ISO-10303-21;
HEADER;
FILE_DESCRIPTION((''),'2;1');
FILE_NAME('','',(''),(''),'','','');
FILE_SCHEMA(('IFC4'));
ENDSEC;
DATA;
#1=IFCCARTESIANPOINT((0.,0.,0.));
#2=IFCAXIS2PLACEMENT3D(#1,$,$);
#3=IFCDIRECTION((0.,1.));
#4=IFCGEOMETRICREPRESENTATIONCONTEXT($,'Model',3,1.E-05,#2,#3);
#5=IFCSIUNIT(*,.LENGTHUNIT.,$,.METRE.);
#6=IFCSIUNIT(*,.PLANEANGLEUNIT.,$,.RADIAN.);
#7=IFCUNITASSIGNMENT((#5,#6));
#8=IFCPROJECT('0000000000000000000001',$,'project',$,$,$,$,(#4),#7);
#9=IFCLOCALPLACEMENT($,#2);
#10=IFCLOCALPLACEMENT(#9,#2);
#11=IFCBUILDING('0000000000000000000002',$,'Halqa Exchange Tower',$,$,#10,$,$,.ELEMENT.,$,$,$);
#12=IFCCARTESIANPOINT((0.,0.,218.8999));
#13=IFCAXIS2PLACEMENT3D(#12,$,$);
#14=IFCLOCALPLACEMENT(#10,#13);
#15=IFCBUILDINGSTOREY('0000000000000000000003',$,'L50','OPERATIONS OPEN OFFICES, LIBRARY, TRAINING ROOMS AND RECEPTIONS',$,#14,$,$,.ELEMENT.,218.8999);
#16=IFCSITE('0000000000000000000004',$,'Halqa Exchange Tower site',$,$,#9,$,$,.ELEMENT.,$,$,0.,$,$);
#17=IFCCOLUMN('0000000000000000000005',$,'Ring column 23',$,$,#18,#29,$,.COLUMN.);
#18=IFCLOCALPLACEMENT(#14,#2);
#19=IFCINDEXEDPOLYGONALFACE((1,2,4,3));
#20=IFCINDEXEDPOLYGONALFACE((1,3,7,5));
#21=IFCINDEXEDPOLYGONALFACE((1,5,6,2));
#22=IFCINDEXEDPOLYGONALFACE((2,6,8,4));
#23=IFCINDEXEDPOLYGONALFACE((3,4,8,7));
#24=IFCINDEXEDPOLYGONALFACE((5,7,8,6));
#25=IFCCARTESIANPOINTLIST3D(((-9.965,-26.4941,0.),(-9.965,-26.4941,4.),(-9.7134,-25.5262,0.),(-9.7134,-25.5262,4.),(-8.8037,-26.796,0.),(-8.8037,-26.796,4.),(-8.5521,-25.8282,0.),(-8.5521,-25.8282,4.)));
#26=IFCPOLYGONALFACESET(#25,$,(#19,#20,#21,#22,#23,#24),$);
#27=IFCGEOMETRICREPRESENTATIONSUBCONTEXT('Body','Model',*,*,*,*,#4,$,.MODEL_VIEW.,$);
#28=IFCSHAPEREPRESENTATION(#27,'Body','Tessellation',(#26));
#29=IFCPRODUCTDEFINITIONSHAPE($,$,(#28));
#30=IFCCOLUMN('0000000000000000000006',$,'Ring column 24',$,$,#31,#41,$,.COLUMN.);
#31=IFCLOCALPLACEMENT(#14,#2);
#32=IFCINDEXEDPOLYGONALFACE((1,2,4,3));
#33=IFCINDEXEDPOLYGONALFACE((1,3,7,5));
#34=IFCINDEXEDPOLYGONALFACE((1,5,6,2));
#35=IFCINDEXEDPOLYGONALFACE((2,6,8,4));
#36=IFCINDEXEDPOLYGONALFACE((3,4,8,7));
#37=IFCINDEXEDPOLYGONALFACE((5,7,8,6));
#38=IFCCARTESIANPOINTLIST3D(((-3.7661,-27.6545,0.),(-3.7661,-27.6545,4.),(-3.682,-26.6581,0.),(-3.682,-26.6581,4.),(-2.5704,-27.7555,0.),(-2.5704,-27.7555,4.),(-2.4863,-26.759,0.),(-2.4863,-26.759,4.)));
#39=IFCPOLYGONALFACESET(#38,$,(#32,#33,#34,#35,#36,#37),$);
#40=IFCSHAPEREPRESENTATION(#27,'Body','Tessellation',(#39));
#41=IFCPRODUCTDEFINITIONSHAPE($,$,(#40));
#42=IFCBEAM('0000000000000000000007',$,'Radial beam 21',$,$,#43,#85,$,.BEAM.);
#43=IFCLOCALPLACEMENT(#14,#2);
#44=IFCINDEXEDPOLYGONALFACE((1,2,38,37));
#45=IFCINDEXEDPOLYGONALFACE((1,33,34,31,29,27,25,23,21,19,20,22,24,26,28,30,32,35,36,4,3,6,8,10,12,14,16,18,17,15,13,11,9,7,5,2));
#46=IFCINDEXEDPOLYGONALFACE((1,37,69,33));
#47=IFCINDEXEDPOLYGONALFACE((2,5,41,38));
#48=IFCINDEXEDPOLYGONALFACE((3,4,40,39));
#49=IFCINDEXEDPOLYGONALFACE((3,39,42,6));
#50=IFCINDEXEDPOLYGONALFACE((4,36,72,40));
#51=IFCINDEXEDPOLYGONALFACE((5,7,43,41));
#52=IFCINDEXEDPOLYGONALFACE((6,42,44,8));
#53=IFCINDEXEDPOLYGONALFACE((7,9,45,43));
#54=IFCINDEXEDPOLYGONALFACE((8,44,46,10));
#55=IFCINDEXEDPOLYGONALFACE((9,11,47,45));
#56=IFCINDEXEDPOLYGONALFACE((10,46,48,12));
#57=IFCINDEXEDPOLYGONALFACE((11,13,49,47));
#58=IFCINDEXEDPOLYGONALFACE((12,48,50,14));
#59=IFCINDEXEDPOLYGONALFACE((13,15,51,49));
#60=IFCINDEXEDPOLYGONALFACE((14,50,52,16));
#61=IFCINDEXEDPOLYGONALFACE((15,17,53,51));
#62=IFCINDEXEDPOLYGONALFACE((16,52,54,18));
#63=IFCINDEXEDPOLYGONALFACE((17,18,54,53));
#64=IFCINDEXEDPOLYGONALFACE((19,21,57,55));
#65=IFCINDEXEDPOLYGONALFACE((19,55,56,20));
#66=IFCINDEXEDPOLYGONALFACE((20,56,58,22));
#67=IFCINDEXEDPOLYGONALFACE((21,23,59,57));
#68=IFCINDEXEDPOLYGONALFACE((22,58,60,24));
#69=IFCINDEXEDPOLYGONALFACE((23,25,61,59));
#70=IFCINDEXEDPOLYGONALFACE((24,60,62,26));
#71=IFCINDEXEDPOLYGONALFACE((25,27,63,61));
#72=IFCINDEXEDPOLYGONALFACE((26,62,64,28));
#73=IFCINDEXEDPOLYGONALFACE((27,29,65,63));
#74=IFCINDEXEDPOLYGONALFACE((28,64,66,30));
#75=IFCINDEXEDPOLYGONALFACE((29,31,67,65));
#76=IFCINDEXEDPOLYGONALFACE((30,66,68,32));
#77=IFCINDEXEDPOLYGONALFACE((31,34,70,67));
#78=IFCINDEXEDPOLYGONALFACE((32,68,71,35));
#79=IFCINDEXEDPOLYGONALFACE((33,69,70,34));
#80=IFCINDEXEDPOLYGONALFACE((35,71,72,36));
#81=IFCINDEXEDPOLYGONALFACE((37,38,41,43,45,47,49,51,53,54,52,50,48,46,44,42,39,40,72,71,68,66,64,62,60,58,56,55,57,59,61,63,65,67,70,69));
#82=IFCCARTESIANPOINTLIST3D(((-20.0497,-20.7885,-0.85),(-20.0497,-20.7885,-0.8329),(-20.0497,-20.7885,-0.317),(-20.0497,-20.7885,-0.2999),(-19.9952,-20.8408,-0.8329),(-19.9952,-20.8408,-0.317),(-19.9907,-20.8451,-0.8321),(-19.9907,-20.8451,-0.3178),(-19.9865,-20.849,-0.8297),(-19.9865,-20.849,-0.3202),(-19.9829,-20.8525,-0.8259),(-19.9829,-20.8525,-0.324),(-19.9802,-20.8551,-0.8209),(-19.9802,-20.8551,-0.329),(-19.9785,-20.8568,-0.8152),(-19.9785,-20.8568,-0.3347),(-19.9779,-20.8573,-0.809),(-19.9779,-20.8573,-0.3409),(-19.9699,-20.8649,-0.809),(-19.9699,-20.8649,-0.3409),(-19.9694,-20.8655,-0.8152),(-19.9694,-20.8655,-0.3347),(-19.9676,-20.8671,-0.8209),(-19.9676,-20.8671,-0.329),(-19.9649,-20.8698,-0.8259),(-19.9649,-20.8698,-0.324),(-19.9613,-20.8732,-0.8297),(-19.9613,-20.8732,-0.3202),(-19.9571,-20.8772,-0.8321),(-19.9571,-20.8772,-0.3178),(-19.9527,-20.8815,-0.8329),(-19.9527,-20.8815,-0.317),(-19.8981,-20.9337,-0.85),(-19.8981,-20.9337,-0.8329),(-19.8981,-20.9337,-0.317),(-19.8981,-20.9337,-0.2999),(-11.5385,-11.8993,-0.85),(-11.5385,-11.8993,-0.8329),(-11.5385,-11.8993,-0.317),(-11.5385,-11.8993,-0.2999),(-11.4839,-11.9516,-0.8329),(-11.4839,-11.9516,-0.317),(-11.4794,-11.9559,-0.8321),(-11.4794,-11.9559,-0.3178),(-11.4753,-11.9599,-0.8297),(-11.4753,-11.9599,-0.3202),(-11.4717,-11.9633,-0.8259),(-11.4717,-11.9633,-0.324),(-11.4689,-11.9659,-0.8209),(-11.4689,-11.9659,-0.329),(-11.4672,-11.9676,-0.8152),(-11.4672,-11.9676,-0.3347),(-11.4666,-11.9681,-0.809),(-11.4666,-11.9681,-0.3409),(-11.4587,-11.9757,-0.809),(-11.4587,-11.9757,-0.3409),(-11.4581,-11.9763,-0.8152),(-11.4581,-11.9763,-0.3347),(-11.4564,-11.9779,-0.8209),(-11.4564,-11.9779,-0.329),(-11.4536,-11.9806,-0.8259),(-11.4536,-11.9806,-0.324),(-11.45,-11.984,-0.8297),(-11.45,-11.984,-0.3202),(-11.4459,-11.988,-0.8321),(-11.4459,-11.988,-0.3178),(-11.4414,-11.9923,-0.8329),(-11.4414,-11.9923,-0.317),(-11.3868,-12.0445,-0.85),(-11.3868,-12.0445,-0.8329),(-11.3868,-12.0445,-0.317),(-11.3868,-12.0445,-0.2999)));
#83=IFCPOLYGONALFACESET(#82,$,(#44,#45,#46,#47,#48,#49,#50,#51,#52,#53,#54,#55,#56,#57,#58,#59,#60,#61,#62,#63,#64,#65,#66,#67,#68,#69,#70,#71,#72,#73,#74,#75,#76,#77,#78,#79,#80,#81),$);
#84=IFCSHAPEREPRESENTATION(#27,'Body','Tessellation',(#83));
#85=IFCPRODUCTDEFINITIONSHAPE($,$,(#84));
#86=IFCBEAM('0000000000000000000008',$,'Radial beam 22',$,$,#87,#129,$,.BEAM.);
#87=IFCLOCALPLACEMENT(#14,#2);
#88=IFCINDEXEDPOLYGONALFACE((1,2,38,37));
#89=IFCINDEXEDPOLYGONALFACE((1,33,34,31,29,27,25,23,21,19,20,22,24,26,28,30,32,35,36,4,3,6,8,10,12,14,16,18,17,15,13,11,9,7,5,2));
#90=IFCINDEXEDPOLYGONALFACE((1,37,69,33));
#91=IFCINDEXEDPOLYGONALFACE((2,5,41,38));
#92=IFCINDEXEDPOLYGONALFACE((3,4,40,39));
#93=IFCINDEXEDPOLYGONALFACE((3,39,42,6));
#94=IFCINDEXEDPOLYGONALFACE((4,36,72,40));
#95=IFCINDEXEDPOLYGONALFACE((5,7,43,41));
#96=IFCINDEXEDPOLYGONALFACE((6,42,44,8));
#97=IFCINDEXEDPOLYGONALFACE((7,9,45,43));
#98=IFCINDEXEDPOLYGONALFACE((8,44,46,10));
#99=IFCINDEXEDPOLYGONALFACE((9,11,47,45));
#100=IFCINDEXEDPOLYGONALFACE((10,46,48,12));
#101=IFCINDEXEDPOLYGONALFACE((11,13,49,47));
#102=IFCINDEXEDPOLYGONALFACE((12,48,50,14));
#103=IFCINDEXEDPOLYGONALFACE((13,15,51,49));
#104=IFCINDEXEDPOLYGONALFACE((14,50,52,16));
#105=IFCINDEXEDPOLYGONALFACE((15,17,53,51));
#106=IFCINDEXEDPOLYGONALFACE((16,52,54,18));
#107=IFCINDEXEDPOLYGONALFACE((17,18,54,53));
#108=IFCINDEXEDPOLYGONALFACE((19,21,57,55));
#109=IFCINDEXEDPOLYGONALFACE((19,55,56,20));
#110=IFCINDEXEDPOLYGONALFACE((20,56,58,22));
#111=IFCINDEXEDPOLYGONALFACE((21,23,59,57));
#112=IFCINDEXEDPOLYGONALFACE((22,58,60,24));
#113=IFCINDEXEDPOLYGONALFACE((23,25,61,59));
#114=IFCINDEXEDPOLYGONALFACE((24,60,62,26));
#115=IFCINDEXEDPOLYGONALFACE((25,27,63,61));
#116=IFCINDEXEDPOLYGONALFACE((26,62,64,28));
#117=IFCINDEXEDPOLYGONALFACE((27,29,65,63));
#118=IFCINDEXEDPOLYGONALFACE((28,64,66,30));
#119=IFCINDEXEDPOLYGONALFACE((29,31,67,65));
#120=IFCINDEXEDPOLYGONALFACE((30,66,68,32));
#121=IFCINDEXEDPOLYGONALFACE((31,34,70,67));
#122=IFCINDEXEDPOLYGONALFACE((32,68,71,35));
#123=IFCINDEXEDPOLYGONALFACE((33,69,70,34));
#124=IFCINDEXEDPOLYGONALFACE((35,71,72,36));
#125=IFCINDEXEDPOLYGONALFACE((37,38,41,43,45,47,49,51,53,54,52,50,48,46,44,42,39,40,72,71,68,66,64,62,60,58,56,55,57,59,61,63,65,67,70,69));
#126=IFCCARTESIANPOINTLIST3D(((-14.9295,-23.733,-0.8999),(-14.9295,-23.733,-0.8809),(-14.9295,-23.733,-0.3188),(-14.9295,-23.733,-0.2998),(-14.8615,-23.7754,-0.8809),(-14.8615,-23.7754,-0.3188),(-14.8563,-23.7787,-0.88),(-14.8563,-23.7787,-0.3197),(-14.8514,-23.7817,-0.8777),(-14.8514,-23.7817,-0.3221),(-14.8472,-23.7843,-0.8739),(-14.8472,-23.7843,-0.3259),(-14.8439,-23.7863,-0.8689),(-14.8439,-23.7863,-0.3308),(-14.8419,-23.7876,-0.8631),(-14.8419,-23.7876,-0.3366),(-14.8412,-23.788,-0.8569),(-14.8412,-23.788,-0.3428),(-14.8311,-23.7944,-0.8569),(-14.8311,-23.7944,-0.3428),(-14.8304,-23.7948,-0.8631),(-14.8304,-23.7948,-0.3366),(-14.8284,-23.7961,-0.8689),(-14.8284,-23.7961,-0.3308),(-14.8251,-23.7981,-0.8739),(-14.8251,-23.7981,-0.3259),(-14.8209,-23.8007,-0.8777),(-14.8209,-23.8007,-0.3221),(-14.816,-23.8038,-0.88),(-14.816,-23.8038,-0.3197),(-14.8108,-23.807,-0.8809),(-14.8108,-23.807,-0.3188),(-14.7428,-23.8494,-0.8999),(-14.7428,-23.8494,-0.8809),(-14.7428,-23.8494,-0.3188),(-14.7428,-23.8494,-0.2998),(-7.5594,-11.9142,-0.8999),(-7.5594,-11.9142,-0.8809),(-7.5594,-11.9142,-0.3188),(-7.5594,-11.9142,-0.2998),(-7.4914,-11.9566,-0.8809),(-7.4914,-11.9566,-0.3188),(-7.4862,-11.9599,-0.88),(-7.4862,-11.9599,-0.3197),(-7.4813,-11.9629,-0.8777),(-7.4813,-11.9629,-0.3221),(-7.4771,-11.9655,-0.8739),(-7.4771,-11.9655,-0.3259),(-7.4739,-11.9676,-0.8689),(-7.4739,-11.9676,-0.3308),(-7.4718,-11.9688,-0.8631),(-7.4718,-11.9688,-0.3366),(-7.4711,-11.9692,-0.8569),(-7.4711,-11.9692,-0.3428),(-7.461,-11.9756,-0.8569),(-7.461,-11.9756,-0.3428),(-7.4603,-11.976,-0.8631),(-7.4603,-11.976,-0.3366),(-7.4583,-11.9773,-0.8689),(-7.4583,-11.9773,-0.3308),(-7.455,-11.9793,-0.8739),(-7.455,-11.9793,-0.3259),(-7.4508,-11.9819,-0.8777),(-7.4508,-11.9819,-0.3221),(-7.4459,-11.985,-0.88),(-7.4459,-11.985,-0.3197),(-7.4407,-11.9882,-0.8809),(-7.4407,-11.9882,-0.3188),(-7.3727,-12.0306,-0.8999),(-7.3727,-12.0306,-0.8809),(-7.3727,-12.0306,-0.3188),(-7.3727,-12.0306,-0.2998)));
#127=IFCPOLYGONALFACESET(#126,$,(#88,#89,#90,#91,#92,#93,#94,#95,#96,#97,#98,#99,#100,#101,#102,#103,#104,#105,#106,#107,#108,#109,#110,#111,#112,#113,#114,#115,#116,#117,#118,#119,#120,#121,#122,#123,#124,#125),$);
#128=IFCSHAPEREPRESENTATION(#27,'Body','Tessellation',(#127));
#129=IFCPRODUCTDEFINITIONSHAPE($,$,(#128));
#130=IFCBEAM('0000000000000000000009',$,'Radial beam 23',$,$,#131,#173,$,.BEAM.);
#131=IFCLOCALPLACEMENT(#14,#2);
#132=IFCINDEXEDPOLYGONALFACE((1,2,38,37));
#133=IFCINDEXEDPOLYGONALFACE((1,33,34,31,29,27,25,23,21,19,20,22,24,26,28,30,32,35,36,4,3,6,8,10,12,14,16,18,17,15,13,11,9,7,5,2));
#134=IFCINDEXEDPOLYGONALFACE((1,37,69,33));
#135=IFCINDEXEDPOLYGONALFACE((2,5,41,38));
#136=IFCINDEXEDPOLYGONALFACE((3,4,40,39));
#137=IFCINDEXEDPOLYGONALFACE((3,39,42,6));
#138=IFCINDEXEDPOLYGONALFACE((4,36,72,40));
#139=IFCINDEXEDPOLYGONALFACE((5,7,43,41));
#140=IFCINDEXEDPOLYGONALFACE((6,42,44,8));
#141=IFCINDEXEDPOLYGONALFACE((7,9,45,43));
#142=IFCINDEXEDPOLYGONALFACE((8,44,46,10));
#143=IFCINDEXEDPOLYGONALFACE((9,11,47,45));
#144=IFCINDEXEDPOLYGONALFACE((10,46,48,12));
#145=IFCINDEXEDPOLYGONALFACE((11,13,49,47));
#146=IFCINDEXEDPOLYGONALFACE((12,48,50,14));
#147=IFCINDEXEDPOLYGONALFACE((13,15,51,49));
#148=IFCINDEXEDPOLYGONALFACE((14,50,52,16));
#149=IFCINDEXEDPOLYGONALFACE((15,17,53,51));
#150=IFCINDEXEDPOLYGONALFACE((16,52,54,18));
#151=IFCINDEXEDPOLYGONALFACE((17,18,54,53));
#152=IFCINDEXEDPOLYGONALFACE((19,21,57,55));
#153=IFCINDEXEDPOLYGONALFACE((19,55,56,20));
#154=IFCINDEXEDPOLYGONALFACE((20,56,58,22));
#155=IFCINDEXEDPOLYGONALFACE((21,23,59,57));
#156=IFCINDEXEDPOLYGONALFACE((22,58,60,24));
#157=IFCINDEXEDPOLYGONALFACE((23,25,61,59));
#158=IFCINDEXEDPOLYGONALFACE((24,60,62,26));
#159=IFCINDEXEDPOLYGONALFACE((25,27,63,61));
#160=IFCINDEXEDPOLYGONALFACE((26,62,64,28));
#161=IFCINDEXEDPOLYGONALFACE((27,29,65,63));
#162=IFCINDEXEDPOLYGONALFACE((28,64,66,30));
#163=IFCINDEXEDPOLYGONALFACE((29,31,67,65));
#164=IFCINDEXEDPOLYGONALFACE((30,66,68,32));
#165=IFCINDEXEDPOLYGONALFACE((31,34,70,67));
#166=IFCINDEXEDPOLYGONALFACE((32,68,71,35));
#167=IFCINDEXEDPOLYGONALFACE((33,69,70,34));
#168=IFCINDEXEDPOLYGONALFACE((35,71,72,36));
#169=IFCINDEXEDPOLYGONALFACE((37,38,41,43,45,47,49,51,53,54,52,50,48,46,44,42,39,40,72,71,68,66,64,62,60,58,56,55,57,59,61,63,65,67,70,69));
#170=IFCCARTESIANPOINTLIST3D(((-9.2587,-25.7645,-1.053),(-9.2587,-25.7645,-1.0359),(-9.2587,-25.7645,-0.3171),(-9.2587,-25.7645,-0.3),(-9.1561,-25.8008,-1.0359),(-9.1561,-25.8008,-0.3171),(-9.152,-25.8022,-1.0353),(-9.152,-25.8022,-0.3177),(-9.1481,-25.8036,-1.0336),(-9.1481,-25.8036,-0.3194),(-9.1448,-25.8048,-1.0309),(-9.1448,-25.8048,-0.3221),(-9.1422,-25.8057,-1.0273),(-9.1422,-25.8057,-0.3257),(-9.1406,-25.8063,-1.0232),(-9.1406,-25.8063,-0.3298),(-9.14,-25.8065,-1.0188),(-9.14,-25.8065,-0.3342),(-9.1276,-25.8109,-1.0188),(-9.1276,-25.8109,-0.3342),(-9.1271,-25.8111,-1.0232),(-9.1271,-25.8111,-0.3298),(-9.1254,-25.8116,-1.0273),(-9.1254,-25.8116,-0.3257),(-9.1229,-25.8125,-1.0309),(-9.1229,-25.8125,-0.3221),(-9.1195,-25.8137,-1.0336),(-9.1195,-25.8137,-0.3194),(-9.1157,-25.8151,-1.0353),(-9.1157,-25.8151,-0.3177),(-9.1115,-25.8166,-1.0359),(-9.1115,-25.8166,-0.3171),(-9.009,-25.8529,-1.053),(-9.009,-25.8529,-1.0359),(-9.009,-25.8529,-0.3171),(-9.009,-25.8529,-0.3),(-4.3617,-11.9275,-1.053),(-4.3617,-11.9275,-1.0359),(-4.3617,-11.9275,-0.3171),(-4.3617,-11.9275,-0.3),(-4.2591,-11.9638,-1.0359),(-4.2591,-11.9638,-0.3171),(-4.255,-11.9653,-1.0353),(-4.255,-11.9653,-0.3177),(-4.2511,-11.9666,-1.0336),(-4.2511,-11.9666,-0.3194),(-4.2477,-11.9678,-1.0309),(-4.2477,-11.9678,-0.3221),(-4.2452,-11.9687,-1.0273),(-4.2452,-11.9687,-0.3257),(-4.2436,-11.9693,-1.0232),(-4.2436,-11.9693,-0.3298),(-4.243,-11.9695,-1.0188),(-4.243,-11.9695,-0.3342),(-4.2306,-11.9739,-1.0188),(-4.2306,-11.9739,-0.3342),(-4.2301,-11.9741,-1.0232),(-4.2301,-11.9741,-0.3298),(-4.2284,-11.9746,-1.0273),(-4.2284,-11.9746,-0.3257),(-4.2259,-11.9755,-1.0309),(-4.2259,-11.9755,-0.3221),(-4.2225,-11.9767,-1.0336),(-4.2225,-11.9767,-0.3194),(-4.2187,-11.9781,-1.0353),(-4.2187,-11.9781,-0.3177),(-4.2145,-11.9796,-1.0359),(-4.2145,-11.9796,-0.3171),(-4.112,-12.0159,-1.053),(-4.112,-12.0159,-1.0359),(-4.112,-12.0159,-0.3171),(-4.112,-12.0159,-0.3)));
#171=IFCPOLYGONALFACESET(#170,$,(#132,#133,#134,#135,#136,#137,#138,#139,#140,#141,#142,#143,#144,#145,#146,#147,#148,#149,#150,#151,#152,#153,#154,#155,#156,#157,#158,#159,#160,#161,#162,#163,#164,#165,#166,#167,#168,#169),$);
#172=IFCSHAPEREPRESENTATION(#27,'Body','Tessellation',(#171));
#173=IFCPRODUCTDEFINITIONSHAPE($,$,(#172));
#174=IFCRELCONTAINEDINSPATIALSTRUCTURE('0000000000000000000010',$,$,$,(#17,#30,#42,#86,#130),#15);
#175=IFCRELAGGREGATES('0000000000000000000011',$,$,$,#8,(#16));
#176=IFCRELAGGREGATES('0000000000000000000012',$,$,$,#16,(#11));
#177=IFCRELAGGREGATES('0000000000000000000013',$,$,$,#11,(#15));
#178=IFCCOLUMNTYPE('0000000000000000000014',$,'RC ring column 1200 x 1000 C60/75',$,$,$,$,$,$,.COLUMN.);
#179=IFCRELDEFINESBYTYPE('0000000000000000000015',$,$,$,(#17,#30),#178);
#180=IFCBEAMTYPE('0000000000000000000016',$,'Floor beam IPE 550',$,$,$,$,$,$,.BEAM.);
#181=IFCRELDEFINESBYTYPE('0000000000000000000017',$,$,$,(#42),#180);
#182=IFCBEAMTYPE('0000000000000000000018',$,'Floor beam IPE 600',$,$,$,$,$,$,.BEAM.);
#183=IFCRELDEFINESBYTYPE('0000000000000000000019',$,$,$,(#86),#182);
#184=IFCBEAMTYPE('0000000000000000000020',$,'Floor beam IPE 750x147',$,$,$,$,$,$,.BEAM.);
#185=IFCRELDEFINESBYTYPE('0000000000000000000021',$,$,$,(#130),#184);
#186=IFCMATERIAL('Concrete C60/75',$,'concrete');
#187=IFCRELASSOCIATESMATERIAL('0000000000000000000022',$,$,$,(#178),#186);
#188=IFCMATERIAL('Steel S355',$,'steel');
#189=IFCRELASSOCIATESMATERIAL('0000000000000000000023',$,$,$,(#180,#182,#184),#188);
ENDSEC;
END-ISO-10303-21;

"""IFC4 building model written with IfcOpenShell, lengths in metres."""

from ifc_helpers import new_model, si_unit, direction, frame, origin, origin_2d, place, context, subcontext, project, spatial, rectangle, i_section, extrude, material, material_profile, profile_set, type_object, element, save


model = new_model("IFC4")

# Units and contexts
model_context = context("Model", 3, precision=1e-05, world=origin(), true_north=direction((0.0, 1.0)))
body_context = subcontext(model_context, "Body", "Model", "MODEL_VIEW")
ifc_project = project(units=[si_unit("LENGTHUNIT", "METRE"), si_unit("PLANEANGLEUNIT", "RADIAN")], contexts=[model_context])

# Site, building, storey
site_placement = place(None, origin())
site = spatial("IfcSite", under=ifc_project, at=site_placement, Name="Halqa Exchange Tower site", CompositionType="ELEMENT", RefElevation=0.0)
building_placement = place(site_placement, origin())
building = spatial("IfcBuilding", under=site, at=building_placement, Name="Halqa Exchange Tower", CompositionType="ELEMENT")
storey_placement = place(building_placement, frame((0.0, 0.0, 218.8999)))
storey = spatial("IfcBuildingStorey", under=building, at=storey_placement, Name="L50", Description="OPERATIONS OPEN OFFICES, LIBRARY, TRAINING ROOMS AND RECEPTIONS", CompositionType="ELEMENT", Elevation=218.8999)

# Columns
ifc_material_1 = material(Name="Concrete C60/75", Category="concrete")
ifc_material_profile_1 = material_profile(ifc_material_1, rectangle(XDim=1.2, YDim=1.0, at=origin_2d()), Name="1200 x 1000")
ifc_profile_set_1 = profile_set([ifc_material_profile_1], Name="Concrete C60/75")
column_type = type_object("IfcColumnType", Name="RC ring column 1200 x 1000 C60/75", PredefinedType="COLUMN", material=ifc_profile_set_1)
for number, where, z_axis, x_axis, name in (
    (1, (-9.2585, -26.1611, 0.0), (0.0, 0.0, 1.0), (0.967819, -0.251649, 0.0), "Ring column 23"),
    (2, (-3.1262, -27.2068, 0.0), (0.0, 0.0, 1.0), (0.996455, -0.084128, 0.0), "Ring column 24"),
):
    element("IfcColumn", number, at=place(storey_placement, frame(where, z_axis=z_axis, x_axis=x_axis)), inside=storey, type_object=column_type, Name=name, PredefinedType="COLUMN", context=body_context, shape_type="SweptSolid", body=[
        extrude(rectangle(XDim=1.2, YDim=1.0, at=origin_2d()), origin(), (0.0, 0.0, 1.0), 4.0),
    ])

# Beams
ifc_material_2 = material(Name="Steel S355", Category="steel")
ifc_material_profile_2 = material_profile(ifc_material_2, i_section(OverallWidth=0.21, OverallDepth=0.55, WebThickness=0.011, FlangeThickness=0.0171, FilletRadius=0.0239, at=origin_2d()), Name="IPE 550")
ifc_profile_set_2 = profile_set([ifc_material_profile_2], Name="Steel S355")
beam_type_1 = type_object("IfcBeamType", Name="Floor beam IPE 550", PredefinedType="BEAM", material=ifc_profile_set_2)
beam_1_placement = place(storey_placement, frame((-11.4626, -11.9719, -0.575), z_axis=(-0.691586, -0.722295, 0.0), x_axis=(0.722295, -0.691586, 0.0)))
element("IfcBeam", 3, at=beam_1_placement, inside=storey, type_object=beam_type_1, Name="Radial beam 21", PredefinedType="BEAM", context=body_context, shape_type="SweptSolid", body=[
    extrude(i_section(OverallWidth=0.21, OverallDepth=0.55, WebThickness=0.011, FlangeThickness=0.0171, FilletRadius=0.0239, at=origin_2d()), origin(), (0.0, 0.0, 1.0), 12.3069),
])
ifc_material_profile_3 = material_profile(ifc_material_2, i_section(OverallWidth=0.22, OverallDepth=0.6001, WebThickness=0.012, FlangeThickness=0.019, FilletRadius=0.0239, at=origin_2d()), Name="IPE 600")
ifc_profile_set_3 = profile_set([ifc_material_profile_3], Name="Steel S355")
beam_type_2 = type_object("IfcBeamType", Name="Floor beam IPE 600", PredefinedType="BEAM", material=ifc_profile_set_3)
beam_2_placement = place(storey_placement, frame((-7.4661, -11.9724, -0.5999), z_axis=(-0.529138, -0.848536, 0.0), x_axis=(0.848536, -0.529138, 0.0)))
element("IfcBeam", 4, at=beam_2_placement, inside=storey, type_object=beam_type_2, Name="Radial beam 22", PredefinedType="BEAM", context=body_context, shape_type="SweptSolid", body=[
    extrude(i_section(OverallWidth=0.22, OverallDepth=0.6001, WebThickness=0.012, FlangeThickness=0.019, FilletRadius=0.0239, at=origin_2d()), origin(), (0.0, 0.0, 1.0), 13.9285),
])
ifc_material_profile_4 = material_profile(ifc_material_2, i_section(OverallWidth=0.2649, OverallDepth=0.7529, WebThickness=0.0132, FlangeThickness=0.0171, FilletRadius=0.0171, at=origin_2d()), Name="IPE 750x147")
ifc_profile_set_4 = profile_set([ifc_material_profile_4], Name="Steel S355")
beam_type_3 = type_object("IfcBeamType", Name="Floor beam IPE 750x147", PredefinedType="BEAM", material=ifc_profile_set_4)
beam_3_placement = place(storey_placement, frame((-4.2368, -11.9717, -0.6765), z_axis=(-0.333629, -0.942704, 0.0), x_axis=(0.942704, -0.333629, 0.0)))
element("IfcBeam", 5, at=beam_3_placement, inside=storey, type_object=beam_type_3, Name="Radial beam 23", PredefinedType="BEAM", context=body_context, shape_type="SweptSolid", body=[
    extrude(i_section(OverallWidth=0.2649, OverallDepth=0.7529, WebThickness=0.0132, FlangeThickness=0.0171, FilletRadius=0.0171, at=origin_2d()), origin(), (0.0, 0.0, 1.0), 14.678),
])

save(model, "model.ifc")
